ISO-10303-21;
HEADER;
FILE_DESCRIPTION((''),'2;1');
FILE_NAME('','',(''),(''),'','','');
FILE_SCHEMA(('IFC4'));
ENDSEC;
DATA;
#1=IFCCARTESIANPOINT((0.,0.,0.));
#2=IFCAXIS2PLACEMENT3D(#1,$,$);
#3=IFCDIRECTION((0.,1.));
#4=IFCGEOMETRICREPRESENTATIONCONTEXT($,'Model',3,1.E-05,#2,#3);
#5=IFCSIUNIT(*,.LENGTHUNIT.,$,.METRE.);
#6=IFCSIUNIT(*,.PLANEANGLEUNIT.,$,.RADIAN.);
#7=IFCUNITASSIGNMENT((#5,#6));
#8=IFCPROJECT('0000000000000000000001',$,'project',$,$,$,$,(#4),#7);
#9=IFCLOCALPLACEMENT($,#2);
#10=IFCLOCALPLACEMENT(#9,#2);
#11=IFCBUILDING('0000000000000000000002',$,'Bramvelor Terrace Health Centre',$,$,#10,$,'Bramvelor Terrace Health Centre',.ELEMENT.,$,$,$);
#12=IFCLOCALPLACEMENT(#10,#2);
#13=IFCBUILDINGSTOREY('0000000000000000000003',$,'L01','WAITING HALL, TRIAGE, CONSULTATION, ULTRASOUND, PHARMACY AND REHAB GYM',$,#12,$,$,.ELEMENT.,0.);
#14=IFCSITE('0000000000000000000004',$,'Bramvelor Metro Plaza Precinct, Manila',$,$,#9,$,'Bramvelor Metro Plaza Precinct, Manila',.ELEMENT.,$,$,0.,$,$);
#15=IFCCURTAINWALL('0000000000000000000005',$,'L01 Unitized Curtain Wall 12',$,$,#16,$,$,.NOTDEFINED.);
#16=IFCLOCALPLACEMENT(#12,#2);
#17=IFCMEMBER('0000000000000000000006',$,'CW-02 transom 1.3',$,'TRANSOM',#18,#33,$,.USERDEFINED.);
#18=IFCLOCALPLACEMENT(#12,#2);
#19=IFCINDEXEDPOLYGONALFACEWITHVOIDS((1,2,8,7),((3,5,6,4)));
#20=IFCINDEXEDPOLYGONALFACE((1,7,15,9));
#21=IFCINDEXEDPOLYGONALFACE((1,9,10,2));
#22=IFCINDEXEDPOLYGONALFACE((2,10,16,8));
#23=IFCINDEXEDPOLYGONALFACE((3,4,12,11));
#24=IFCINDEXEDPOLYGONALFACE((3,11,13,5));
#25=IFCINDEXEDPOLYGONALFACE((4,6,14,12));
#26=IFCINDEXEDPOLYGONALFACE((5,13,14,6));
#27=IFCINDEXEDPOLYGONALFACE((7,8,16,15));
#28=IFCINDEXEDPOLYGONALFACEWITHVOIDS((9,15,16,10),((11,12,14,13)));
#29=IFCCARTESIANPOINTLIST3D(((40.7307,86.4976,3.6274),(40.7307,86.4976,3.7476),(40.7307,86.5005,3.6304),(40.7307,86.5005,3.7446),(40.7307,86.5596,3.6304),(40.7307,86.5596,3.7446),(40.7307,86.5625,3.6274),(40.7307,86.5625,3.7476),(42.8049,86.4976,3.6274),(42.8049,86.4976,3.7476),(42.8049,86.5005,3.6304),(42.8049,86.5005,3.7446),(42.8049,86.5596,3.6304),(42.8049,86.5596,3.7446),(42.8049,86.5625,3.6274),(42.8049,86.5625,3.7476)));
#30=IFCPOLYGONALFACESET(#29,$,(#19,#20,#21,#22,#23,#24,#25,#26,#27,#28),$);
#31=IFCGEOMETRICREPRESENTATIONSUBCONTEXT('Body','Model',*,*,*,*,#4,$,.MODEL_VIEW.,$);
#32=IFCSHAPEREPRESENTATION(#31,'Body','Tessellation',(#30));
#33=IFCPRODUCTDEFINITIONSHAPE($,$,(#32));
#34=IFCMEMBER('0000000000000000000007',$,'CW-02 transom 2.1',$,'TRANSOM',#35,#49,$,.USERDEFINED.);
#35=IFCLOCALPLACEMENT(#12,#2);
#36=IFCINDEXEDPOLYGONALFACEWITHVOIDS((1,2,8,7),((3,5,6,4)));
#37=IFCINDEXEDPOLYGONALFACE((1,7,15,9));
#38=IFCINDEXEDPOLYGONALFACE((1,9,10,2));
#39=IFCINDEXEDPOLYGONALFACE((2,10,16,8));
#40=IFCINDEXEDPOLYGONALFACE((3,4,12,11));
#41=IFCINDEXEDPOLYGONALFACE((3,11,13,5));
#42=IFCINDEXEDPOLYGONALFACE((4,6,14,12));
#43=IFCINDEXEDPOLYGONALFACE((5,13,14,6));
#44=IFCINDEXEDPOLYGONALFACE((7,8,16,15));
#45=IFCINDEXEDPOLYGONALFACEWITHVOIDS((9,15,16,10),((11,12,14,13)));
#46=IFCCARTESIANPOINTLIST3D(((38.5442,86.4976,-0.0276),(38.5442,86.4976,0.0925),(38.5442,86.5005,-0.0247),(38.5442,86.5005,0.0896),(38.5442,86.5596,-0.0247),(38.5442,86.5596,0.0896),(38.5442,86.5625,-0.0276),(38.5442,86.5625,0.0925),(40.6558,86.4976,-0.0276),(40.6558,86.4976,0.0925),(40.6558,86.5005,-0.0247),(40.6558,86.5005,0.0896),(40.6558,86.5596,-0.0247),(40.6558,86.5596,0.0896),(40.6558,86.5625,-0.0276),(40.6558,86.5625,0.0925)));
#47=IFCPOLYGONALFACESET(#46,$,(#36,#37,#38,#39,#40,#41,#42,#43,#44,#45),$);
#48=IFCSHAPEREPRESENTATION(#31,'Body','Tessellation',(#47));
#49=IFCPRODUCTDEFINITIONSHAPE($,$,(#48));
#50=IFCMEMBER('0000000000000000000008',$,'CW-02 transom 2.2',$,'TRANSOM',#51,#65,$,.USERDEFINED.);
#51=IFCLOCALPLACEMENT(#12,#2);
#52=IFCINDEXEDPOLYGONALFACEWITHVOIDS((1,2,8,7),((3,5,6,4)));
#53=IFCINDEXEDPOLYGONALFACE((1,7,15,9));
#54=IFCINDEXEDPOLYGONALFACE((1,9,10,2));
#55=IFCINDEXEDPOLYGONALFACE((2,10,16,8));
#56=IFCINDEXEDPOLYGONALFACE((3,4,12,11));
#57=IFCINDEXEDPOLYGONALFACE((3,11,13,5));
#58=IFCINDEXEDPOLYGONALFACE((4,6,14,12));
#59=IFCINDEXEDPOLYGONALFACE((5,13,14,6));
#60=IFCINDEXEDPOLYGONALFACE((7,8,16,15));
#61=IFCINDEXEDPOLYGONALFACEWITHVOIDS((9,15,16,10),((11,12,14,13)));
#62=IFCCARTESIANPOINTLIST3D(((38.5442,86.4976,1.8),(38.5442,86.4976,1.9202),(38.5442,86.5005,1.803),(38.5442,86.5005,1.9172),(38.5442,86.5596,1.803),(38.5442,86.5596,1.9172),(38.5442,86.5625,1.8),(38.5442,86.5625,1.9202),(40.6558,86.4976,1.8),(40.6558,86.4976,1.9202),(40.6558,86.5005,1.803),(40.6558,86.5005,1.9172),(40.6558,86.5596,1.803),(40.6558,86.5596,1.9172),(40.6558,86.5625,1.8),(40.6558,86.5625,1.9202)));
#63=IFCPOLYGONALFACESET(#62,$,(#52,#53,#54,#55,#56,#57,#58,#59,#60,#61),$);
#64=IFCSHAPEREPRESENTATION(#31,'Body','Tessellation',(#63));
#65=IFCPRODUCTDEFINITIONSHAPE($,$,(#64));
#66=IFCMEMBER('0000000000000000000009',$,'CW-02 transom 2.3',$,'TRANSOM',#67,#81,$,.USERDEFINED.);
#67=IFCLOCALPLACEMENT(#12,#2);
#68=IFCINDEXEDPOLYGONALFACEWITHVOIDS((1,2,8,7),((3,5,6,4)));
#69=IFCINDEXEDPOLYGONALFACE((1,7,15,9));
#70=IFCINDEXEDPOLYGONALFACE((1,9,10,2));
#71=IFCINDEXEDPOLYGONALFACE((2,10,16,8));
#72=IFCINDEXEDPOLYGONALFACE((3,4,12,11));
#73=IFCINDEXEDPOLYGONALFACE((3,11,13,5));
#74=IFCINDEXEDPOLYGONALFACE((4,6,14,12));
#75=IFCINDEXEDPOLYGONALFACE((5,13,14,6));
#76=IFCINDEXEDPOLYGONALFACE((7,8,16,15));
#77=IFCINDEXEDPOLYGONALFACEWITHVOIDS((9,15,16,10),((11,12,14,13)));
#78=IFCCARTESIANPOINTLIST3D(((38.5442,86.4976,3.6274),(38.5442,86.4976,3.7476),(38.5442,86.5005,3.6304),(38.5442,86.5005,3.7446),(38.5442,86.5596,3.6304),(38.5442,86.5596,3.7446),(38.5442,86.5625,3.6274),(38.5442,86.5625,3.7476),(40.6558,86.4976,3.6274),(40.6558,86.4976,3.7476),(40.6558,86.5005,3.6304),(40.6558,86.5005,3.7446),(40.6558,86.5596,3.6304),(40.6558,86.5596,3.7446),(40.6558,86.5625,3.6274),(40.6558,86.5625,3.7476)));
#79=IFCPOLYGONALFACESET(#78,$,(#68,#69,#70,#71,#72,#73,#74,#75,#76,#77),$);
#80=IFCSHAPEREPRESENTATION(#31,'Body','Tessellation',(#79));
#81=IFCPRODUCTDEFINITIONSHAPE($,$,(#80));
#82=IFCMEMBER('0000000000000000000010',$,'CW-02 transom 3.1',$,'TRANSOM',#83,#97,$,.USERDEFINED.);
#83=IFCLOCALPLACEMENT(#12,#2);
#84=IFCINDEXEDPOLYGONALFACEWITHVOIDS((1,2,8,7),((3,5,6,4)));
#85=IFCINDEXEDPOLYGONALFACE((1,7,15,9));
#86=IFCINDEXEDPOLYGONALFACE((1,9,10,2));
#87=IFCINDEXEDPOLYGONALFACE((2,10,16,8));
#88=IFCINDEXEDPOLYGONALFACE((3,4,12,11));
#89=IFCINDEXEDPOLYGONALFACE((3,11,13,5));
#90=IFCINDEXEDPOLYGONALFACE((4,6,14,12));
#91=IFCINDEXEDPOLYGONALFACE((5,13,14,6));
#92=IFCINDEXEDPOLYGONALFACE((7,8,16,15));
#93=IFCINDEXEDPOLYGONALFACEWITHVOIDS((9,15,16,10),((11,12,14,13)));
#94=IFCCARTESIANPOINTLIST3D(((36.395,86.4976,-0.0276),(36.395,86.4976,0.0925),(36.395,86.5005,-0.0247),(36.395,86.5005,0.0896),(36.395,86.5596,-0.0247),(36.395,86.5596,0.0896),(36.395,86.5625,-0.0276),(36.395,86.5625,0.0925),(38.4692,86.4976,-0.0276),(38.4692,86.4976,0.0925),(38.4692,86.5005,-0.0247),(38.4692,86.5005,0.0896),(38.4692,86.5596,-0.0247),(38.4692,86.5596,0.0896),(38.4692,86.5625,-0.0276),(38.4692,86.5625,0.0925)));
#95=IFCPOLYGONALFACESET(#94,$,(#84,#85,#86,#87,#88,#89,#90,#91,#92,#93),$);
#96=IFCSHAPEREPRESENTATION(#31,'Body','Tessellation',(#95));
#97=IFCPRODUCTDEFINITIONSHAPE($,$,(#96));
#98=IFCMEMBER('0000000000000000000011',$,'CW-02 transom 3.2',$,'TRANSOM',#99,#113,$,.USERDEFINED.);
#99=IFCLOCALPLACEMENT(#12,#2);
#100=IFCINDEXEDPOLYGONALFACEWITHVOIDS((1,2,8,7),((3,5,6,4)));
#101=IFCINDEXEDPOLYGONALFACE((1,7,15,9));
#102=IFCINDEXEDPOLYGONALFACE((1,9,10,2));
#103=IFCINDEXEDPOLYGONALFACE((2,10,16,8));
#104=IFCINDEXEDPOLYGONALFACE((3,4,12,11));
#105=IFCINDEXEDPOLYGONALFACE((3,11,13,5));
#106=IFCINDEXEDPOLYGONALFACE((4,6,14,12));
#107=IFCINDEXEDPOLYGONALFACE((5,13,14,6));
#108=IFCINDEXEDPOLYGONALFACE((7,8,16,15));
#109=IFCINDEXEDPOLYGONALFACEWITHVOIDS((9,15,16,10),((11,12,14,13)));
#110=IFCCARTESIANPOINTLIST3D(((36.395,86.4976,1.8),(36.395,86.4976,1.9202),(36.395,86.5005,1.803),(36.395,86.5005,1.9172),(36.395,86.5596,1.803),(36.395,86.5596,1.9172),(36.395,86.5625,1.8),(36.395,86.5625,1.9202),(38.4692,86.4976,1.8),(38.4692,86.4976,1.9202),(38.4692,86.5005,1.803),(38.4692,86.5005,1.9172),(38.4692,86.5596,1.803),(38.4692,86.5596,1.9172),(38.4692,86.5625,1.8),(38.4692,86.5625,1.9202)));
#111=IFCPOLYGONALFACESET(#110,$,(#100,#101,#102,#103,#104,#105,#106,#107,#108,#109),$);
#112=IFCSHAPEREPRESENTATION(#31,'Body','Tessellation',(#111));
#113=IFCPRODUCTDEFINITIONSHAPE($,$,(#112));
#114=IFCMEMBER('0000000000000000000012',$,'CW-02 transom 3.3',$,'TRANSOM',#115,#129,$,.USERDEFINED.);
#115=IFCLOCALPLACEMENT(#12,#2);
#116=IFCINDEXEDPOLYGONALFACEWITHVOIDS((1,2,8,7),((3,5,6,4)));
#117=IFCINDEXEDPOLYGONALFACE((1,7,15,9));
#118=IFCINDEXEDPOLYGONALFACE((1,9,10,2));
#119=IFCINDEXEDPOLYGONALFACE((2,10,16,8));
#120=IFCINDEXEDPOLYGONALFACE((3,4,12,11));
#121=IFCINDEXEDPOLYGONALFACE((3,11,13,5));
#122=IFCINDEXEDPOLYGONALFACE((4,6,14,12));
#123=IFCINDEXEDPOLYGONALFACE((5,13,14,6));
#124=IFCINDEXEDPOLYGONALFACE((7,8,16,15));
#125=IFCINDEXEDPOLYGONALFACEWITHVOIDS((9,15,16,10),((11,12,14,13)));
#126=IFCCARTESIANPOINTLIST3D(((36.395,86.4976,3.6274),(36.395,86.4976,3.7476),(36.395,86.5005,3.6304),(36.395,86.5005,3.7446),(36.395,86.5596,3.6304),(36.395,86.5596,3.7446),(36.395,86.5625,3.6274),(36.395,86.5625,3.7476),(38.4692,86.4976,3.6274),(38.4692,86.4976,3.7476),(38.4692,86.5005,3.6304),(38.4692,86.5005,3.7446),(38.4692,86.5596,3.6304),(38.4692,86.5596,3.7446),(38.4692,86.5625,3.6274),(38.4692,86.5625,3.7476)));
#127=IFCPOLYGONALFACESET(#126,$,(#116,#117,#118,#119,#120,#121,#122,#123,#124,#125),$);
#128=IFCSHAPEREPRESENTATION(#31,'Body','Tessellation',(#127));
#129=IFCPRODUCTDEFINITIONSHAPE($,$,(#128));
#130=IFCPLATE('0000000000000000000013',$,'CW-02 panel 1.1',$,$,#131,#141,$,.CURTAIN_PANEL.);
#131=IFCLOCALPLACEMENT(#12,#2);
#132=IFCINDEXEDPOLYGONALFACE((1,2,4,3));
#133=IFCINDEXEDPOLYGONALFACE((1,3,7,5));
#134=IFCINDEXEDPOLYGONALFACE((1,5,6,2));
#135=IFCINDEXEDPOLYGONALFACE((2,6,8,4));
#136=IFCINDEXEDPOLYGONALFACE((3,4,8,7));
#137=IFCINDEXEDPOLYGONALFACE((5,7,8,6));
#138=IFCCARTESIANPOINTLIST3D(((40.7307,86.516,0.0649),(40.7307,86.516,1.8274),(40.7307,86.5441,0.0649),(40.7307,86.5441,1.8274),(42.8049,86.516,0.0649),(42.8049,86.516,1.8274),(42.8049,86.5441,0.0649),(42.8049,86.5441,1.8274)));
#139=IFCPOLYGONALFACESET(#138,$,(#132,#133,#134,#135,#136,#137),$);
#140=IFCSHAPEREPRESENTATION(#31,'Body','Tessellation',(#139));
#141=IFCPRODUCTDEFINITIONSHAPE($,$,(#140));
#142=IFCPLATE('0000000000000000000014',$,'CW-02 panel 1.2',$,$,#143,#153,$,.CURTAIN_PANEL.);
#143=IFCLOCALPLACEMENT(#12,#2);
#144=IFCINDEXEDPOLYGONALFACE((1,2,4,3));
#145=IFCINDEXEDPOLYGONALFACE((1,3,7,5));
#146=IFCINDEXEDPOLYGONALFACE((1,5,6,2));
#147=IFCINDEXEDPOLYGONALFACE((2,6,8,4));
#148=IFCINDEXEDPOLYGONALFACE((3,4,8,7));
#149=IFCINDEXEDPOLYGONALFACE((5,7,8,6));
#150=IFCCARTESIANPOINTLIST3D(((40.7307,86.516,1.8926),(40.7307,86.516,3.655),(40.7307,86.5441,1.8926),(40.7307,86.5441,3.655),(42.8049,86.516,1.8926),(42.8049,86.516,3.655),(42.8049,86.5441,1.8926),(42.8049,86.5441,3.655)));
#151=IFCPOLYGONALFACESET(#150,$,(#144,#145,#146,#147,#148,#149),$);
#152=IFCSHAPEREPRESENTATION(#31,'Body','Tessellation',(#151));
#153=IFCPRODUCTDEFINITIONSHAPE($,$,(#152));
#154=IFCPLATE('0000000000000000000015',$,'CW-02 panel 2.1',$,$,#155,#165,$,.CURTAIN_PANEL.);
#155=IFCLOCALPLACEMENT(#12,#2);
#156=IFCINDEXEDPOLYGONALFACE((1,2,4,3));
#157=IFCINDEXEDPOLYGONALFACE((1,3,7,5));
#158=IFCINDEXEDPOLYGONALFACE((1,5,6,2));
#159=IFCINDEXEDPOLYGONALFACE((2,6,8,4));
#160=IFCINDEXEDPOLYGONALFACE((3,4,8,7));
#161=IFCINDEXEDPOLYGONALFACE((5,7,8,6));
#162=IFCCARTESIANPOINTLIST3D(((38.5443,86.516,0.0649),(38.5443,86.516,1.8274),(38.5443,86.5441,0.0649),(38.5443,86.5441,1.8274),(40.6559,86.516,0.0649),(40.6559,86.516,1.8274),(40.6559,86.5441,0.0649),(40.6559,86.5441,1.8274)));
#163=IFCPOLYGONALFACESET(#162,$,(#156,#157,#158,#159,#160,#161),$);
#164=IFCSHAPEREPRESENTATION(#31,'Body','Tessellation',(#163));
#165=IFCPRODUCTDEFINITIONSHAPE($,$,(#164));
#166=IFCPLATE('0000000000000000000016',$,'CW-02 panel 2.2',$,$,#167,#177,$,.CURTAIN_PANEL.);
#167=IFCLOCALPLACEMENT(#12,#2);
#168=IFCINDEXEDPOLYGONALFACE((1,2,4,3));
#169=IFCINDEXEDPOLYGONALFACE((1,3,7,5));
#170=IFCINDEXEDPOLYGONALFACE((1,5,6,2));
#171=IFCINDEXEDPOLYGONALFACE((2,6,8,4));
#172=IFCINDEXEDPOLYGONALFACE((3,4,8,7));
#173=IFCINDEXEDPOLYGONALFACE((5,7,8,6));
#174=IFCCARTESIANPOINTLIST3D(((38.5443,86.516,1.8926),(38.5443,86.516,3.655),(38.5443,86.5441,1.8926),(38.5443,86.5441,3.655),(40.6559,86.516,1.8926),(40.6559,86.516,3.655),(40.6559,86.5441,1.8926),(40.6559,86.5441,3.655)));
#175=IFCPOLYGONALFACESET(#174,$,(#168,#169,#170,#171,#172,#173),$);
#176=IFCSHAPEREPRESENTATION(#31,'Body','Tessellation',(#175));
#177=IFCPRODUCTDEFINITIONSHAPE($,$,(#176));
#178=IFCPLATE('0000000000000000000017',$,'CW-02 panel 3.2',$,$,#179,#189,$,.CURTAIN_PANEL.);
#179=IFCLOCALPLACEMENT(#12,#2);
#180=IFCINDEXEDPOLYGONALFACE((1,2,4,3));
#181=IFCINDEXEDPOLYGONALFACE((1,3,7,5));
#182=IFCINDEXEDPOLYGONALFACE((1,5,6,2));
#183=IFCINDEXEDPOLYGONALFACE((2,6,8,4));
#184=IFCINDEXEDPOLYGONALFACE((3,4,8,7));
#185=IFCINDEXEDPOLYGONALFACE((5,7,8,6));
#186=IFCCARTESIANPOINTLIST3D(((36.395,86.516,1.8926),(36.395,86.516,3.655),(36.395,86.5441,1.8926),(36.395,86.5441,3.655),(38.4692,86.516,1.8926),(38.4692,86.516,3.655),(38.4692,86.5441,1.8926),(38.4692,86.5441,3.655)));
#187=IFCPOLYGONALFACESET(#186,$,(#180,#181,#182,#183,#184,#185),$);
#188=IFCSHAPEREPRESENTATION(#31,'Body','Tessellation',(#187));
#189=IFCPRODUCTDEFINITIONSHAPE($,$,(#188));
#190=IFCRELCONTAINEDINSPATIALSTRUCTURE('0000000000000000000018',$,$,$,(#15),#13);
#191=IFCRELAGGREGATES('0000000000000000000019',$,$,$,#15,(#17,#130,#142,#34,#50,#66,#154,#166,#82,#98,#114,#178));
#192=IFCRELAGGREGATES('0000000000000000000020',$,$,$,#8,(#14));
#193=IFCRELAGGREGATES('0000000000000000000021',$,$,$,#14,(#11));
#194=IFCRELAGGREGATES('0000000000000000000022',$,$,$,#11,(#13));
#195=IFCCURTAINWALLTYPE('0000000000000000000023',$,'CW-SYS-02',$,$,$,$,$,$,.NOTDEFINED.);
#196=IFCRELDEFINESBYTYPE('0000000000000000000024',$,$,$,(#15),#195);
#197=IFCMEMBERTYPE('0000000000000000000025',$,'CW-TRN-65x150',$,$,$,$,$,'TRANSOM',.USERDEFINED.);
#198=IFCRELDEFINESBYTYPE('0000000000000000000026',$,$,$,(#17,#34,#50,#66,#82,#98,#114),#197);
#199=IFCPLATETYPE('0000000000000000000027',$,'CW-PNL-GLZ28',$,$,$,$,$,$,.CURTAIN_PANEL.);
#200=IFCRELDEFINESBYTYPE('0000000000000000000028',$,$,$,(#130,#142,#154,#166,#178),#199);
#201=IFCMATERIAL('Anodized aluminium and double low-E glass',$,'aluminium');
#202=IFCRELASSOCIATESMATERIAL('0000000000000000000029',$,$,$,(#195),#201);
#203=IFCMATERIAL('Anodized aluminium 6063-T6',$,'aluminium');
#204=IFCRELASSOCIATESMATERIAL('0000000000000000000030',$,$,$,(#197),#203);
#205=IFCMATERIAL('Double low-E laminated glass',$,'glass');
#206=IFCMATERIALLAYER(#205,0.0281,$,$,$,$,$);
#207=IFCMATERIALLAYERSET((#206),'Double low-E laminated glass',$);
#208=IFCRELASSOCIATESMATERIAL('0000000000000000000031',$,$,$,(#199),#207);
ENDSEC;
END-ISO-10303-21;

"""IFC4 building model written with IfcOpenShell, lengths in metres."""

from ifc_helpers import new_model, si_unit, direction, frame, origin, origin_2d, place, context, subcontext, project, spatial, rectangle, hollow_rectangle, extrude, material, layer, layer_set, material_profile, profile_set, type_object, element, aggregate, save


model = new_model("IFC4")

# Units and contexts
model_context = context("Model", 3, precision=1e-05, world=origin(), true_north=direction((0.0, 1.0)))
body_context = subcontext(model_context, "Body", "Model", "MODEL_VIEW")
ifc_project = project(units=[si_unit("LENGTHUNIT", "METRE"), si_unit("PLANEANGLEUNIT", "RADIAN")], contexts=[model_context])

# Site, building, storey
site_placement = place(None, origin())
site = spatial("IfcSite", under=ifc_project, at=site_placement, Name="Bramvelor Metro Plaza Precinct, Manila", LongName="Bramvelor Metro Plaza Precinct, Manila", CompositionType="ELEMENT", RefElevation=0.0)
building_placement = place(site_placement, origin())
building = spatial("IfcBuilding", under=site, at=building_placement, Name="Bramvelor Terrace Health Centre", LongName="Bramvelor Terrace Health Centre", CompositionType="ELEMENT")
storey_placement = place(building_placement, origin())
storey = spatial("IfcBuildingStorey", under=building, at=storey_placement, Name="L01", Description="WAITING HALL, TRIAGE, CONSULTATION, ULTRASOUND, PHARMACY AND REHAB GYM", CompositionType="ELEMENT", Elevation=0.0)

# Curtain wall, members, plates
ifc_material_1 = material(Name="Anodized aluminium and double low-E glass", Category="aluminium")
curtain_wall_type = type_object("IfcCurtainWallType", Name="CW-SYS-02", PredefinedType="NOTDEFINED", material=ifc_material_1)
curtain_wall_placement = place(storey_placement, origin())
curtain_wall = element("IfcCurtainWall", 1, at=curtain_wall_placement, inside=storey, type_object=curtain_wall_type, Name="L01 Unitized Curtain Wall 12", PredefinedType="NOTDEFINED")
ifc_material_2 = material(Name="Anodized aluminium 6063-T6", Category="aluminium")
ifc_material_profile_1 = material_profile(ifc_material_2, hollow_rectangle(XDim=0.0649, YDim=0.1201, WallThickness=0.0029, at=origin_2d()), Name="ALU-TRN 65x120x3.0")
ifc_profile_set_1 = profile_set([ifc_material_profile_1], Name="Anodized aluminium 6063-T6")
member_type_1 = type_object("IfcMemberType", Name="CW-TRN-65x150", ElementType="TRANSOM", PredefinedType="USERDEFINED", material=ifc_profile_set_1)
member_1_placement = place(storey_placement, frame((42.8049, 86.53, 3.6875), z_axis=(-1.0, 0.0, 0.0), x_axis=(0.0, -1.0, 0.0)))
member_1 = element("IfcMember", 2, at=member_1_placement, type_object=member_type_1, Name="CW-02 transom 1.3", ObjectType="TRANSOM", PredefinedType="USERDEFINED", context=body_context, shape_type="SweptSolid", body=[
    extrude(hollow_rectangle(XDim=0.0649, YDim=0.1201, WallThickness=0.0029, at=origin_2d()), origin(), (0.0, 0.0, 1.0), 2.0742),
])
member_2_placement = place(storey_placement, frame((40.6558, 86.53, 0.0325), z_axis=(-1.0, 0.0, 0.0), x_axis=(0.0, -1.0, 0.0)))
member_2 = element("IfcMember", 3, at=member_2_placement, type_object=member_type_1, Name="CW-02 transom 2.1", ObjectType="TRANSOM", PredefinedType="USERDEFINED", context=body_context, shape_type="SweptSolid", body=[
    extrude(hollow_rectangle(XDim=0.0649, YDim=0.1201, WallThickness=0.0029, at=origin_2d()), origin(), (0.0, 0.0, 1.0), 2.1116),
])
member_3_placement = place(storey_placement, frame((40.6558, 86.53, 1.8601), z_axis=(-1.0, 0.0, 0.0), x_axis=(0.0, -1.0, 0.0)))
member_3 = element("IfcMember", 4, at=member_3_placement, type_object=member_type_1, Name="CW-02 transom 2.2", ObjectType="TRANSOM", PredefinedType="USERDEFINED", context=body_context, shape_type="SweptSolid", body=[
    extrude(hollow_rectangle(XDim=0.0649, YDim=0.1201, WallThickness=0.0029, at=origin_2d()), origin(), (0.0, 0.0, 1.0), 2.1116),
])
member_4_placement = place(storey_placement, frame((40.6558, 86.53, 3.6875), z_axis=(-1.0, 0.0, 0.0), x_axis=(0.0, -1.0, 0.0)))
member_4 = element("IfcMember", 5, at=member_4_placement, type_object=member_type_1, Name="CW-02 transom 2.3", ObjectType="TRANSOM", PredefinedType="USERDEFINED", context=body_context, shape_type="SweptSolid", body=[
    extrude(hollow_rectangle(XDim=0.0649, YDim=0.1201, WallThickness=0.0029, at=origin_2d()), origin(), (0.0, 0.0, 1.0), 2.1116),
])
member_5_placement = place(storey_placement, frame((38.4692, 86.53, 0.0325), z_axis=(-1.0, 0.0, 0.0), x_axis=(0.0, -1.0, 0.0)))
member_5 = element("IfcMember", 6, at=member_5_placement, type_object=member_type_1, Name="CW-02 transom 3.1", ObjectType="TRANSOM", PredefinedType="USERDEFINED", context=body_context, shape_type="SweptSolid", body=[
    extrude(hollow_rectangle(XDim=0.0649, YDim=0.1201, WallThickness=0.0029, at=origin_2d()), origin(), (0.0, 0.0, 1.0), 2.0742),
])
member_6_placement = place(storey_placement, frame((38.4692, 86.53, 1.8601), z_axis=(-1.0, 0.0, 0.0), x_axis=(0.0, -1.0, 0.0)))
member_6 = element("IfcMember", 7, at=member_6_placement, type_object=member_type_1, Name="CW-02 transom 3.2", ObjectType="TRANSOM", PredefinedType="USERDEFINED", context=body_context, shape_type="SweptSolid", body=[
    extrude(hollow_rectangle(XDim=0.0649, YDim=0.1201, WallThickness=0.0029, at=origin_2d()), origin(), (0.0, 0.0, 1.0), 2.0742),
])
member_7_placement = place(storey_placement, frame((38.4692, 86.53, 3.6875), z_axis=(-1.0, 0.0, 0.0), x_axis=(0.0, -1.0, 0.0)))
member_7 = element("IfcMember", 8, at=member_7_placement, type_object=member_type_1, Name="CW-02 transom 3.3", ObjectType="TRANSOM", PredefinedType="USERDEFINED", context=body_context, shape_type="SweptSolid", body=[
    extrude(hollow_rectangle(XDim=0.0649, YDim=0.1201, WallThickness=0.0029, at=origin_2d()), origin(), (0.0, 0.0, 1.0), 2.0742),
])
ifc_material_3 = material(Name="Double low-E laminated glass", Category="glass")
ifc_layer = layer(ifc_material_3, 0.0281)
ifc_layer_set = layer_set([ifc_layer], Name="Double low-E laminated glass")
plate_type = type_object("IfcPlateType", Name="CW-PNL-GLZ28", PredefinedType="CURTAIN_PANEL", material=ifc_layer_set)
plate_1_placement = place(storey_placement, frame((41.7678, 86.53, 0.0649), z_axis=(0.0, 0.0, 1.0), x_axis=(-1.0, 0.0, 0.0)))
plate_1 = element("IfcPlate", 9, at=plate_1_placement, type_object=plate_type, Name="CW-02 panel 1.1", PredefinedType="CURTAIN_PANEL", context=body_context, shape_type="SweptSolid", body=[
    extrude(rectangle(XDim=2.0742, YDim=0.0281, at=origin_2d()), origin(), (0.0, 0.0, 1.0), 1.7625),
])
plate_2_placement = place(storey_placement, frame((41.7678, 86.53, 1.8926), z_axis=(0.0, 0.0, 1.0), x_axis=(-1.0, 0.0, 0.0)))
plate_2 = element("IfcPlate", 10, at=plate_2_placement, type_object=plate_type, Name="CW-02 panel 1.2", PredefinedType="CURTAIN_PANEL", context=body_context, shape_type="SweptSolid", body=[
    extrude(rectangle(XDim=2.0742, YDim=0.0281, at=origin_2d()), origin(), (0.0, 0.0, 1.0), 1.7625),
])
plate_3_placement = place(storey_placement, frame((39.6001, 86.53, 0.0649), z_axis=(0.0, 0.0, 1.0), x_axis=(-1.0, 0.0, 0.0)))
plate_3 = element("IfcPlate", 11, at=plate_3_placement, type_object=plate_type, Name="CW-02 panel 2.1", PredefinedType="CURTAIN_PANEL", context=body_context, shape_type="SweptSolid", body=[
    extrude(rectangle(XDim=2.1116, YDim=0.0281, at=origin_2d()), origin(), (0.0, 0.0, 1.0), 1.7625),
])
plate_4_placement = place(storey_placement, frame((39.6001, 86.53, 1.8926), z_axis=(0.0, 0.0, 1.0), x_axis=(-1.0, 0.0, 0.0)))
plate_4 = element("IfcPlate", 12, at=plate_4_placement, type_object=plate_type, Name="CW-02 panel 2.2", PredefinedType="CURTAIN_PANEL", context=body_context, shape_type="SweptSolid", body=[
    extrude(rectangle(XDim=2.1116, YDim=0.0281, at=origin_2d()), origin(), (0.0, 0.0, 1.0), 1.7625),
])
plate_5_placement = place(storey_placement, frame((37.4321, 86.53, 1.8926), z_axis=(0.0, 0.0, 1.0), x_axis=(-1.0, 0.0, 0.0)))
plate_5 = element("IfcPlate", 13, at=plate_5_placement, type_object=plate_type, Name="CW-02 panel 3.2", PredefinedType="CURTAIN_PANEL", context=body_context, shape_type="SweptSolid", body=[
    extrude(rectangle(XDim=2.0742, YDim=0.0281, at=origin_2d()), origin(), (0.0, 0.0, 1.0), 1.7625),
])
aggregate(curtain_wall, [member_1, plate_1, plate_2, member_2, member_3, member_4, plate_3, plate_4, member_5, member_6, member_7, plate_5])

save(model, "model.ifc")
